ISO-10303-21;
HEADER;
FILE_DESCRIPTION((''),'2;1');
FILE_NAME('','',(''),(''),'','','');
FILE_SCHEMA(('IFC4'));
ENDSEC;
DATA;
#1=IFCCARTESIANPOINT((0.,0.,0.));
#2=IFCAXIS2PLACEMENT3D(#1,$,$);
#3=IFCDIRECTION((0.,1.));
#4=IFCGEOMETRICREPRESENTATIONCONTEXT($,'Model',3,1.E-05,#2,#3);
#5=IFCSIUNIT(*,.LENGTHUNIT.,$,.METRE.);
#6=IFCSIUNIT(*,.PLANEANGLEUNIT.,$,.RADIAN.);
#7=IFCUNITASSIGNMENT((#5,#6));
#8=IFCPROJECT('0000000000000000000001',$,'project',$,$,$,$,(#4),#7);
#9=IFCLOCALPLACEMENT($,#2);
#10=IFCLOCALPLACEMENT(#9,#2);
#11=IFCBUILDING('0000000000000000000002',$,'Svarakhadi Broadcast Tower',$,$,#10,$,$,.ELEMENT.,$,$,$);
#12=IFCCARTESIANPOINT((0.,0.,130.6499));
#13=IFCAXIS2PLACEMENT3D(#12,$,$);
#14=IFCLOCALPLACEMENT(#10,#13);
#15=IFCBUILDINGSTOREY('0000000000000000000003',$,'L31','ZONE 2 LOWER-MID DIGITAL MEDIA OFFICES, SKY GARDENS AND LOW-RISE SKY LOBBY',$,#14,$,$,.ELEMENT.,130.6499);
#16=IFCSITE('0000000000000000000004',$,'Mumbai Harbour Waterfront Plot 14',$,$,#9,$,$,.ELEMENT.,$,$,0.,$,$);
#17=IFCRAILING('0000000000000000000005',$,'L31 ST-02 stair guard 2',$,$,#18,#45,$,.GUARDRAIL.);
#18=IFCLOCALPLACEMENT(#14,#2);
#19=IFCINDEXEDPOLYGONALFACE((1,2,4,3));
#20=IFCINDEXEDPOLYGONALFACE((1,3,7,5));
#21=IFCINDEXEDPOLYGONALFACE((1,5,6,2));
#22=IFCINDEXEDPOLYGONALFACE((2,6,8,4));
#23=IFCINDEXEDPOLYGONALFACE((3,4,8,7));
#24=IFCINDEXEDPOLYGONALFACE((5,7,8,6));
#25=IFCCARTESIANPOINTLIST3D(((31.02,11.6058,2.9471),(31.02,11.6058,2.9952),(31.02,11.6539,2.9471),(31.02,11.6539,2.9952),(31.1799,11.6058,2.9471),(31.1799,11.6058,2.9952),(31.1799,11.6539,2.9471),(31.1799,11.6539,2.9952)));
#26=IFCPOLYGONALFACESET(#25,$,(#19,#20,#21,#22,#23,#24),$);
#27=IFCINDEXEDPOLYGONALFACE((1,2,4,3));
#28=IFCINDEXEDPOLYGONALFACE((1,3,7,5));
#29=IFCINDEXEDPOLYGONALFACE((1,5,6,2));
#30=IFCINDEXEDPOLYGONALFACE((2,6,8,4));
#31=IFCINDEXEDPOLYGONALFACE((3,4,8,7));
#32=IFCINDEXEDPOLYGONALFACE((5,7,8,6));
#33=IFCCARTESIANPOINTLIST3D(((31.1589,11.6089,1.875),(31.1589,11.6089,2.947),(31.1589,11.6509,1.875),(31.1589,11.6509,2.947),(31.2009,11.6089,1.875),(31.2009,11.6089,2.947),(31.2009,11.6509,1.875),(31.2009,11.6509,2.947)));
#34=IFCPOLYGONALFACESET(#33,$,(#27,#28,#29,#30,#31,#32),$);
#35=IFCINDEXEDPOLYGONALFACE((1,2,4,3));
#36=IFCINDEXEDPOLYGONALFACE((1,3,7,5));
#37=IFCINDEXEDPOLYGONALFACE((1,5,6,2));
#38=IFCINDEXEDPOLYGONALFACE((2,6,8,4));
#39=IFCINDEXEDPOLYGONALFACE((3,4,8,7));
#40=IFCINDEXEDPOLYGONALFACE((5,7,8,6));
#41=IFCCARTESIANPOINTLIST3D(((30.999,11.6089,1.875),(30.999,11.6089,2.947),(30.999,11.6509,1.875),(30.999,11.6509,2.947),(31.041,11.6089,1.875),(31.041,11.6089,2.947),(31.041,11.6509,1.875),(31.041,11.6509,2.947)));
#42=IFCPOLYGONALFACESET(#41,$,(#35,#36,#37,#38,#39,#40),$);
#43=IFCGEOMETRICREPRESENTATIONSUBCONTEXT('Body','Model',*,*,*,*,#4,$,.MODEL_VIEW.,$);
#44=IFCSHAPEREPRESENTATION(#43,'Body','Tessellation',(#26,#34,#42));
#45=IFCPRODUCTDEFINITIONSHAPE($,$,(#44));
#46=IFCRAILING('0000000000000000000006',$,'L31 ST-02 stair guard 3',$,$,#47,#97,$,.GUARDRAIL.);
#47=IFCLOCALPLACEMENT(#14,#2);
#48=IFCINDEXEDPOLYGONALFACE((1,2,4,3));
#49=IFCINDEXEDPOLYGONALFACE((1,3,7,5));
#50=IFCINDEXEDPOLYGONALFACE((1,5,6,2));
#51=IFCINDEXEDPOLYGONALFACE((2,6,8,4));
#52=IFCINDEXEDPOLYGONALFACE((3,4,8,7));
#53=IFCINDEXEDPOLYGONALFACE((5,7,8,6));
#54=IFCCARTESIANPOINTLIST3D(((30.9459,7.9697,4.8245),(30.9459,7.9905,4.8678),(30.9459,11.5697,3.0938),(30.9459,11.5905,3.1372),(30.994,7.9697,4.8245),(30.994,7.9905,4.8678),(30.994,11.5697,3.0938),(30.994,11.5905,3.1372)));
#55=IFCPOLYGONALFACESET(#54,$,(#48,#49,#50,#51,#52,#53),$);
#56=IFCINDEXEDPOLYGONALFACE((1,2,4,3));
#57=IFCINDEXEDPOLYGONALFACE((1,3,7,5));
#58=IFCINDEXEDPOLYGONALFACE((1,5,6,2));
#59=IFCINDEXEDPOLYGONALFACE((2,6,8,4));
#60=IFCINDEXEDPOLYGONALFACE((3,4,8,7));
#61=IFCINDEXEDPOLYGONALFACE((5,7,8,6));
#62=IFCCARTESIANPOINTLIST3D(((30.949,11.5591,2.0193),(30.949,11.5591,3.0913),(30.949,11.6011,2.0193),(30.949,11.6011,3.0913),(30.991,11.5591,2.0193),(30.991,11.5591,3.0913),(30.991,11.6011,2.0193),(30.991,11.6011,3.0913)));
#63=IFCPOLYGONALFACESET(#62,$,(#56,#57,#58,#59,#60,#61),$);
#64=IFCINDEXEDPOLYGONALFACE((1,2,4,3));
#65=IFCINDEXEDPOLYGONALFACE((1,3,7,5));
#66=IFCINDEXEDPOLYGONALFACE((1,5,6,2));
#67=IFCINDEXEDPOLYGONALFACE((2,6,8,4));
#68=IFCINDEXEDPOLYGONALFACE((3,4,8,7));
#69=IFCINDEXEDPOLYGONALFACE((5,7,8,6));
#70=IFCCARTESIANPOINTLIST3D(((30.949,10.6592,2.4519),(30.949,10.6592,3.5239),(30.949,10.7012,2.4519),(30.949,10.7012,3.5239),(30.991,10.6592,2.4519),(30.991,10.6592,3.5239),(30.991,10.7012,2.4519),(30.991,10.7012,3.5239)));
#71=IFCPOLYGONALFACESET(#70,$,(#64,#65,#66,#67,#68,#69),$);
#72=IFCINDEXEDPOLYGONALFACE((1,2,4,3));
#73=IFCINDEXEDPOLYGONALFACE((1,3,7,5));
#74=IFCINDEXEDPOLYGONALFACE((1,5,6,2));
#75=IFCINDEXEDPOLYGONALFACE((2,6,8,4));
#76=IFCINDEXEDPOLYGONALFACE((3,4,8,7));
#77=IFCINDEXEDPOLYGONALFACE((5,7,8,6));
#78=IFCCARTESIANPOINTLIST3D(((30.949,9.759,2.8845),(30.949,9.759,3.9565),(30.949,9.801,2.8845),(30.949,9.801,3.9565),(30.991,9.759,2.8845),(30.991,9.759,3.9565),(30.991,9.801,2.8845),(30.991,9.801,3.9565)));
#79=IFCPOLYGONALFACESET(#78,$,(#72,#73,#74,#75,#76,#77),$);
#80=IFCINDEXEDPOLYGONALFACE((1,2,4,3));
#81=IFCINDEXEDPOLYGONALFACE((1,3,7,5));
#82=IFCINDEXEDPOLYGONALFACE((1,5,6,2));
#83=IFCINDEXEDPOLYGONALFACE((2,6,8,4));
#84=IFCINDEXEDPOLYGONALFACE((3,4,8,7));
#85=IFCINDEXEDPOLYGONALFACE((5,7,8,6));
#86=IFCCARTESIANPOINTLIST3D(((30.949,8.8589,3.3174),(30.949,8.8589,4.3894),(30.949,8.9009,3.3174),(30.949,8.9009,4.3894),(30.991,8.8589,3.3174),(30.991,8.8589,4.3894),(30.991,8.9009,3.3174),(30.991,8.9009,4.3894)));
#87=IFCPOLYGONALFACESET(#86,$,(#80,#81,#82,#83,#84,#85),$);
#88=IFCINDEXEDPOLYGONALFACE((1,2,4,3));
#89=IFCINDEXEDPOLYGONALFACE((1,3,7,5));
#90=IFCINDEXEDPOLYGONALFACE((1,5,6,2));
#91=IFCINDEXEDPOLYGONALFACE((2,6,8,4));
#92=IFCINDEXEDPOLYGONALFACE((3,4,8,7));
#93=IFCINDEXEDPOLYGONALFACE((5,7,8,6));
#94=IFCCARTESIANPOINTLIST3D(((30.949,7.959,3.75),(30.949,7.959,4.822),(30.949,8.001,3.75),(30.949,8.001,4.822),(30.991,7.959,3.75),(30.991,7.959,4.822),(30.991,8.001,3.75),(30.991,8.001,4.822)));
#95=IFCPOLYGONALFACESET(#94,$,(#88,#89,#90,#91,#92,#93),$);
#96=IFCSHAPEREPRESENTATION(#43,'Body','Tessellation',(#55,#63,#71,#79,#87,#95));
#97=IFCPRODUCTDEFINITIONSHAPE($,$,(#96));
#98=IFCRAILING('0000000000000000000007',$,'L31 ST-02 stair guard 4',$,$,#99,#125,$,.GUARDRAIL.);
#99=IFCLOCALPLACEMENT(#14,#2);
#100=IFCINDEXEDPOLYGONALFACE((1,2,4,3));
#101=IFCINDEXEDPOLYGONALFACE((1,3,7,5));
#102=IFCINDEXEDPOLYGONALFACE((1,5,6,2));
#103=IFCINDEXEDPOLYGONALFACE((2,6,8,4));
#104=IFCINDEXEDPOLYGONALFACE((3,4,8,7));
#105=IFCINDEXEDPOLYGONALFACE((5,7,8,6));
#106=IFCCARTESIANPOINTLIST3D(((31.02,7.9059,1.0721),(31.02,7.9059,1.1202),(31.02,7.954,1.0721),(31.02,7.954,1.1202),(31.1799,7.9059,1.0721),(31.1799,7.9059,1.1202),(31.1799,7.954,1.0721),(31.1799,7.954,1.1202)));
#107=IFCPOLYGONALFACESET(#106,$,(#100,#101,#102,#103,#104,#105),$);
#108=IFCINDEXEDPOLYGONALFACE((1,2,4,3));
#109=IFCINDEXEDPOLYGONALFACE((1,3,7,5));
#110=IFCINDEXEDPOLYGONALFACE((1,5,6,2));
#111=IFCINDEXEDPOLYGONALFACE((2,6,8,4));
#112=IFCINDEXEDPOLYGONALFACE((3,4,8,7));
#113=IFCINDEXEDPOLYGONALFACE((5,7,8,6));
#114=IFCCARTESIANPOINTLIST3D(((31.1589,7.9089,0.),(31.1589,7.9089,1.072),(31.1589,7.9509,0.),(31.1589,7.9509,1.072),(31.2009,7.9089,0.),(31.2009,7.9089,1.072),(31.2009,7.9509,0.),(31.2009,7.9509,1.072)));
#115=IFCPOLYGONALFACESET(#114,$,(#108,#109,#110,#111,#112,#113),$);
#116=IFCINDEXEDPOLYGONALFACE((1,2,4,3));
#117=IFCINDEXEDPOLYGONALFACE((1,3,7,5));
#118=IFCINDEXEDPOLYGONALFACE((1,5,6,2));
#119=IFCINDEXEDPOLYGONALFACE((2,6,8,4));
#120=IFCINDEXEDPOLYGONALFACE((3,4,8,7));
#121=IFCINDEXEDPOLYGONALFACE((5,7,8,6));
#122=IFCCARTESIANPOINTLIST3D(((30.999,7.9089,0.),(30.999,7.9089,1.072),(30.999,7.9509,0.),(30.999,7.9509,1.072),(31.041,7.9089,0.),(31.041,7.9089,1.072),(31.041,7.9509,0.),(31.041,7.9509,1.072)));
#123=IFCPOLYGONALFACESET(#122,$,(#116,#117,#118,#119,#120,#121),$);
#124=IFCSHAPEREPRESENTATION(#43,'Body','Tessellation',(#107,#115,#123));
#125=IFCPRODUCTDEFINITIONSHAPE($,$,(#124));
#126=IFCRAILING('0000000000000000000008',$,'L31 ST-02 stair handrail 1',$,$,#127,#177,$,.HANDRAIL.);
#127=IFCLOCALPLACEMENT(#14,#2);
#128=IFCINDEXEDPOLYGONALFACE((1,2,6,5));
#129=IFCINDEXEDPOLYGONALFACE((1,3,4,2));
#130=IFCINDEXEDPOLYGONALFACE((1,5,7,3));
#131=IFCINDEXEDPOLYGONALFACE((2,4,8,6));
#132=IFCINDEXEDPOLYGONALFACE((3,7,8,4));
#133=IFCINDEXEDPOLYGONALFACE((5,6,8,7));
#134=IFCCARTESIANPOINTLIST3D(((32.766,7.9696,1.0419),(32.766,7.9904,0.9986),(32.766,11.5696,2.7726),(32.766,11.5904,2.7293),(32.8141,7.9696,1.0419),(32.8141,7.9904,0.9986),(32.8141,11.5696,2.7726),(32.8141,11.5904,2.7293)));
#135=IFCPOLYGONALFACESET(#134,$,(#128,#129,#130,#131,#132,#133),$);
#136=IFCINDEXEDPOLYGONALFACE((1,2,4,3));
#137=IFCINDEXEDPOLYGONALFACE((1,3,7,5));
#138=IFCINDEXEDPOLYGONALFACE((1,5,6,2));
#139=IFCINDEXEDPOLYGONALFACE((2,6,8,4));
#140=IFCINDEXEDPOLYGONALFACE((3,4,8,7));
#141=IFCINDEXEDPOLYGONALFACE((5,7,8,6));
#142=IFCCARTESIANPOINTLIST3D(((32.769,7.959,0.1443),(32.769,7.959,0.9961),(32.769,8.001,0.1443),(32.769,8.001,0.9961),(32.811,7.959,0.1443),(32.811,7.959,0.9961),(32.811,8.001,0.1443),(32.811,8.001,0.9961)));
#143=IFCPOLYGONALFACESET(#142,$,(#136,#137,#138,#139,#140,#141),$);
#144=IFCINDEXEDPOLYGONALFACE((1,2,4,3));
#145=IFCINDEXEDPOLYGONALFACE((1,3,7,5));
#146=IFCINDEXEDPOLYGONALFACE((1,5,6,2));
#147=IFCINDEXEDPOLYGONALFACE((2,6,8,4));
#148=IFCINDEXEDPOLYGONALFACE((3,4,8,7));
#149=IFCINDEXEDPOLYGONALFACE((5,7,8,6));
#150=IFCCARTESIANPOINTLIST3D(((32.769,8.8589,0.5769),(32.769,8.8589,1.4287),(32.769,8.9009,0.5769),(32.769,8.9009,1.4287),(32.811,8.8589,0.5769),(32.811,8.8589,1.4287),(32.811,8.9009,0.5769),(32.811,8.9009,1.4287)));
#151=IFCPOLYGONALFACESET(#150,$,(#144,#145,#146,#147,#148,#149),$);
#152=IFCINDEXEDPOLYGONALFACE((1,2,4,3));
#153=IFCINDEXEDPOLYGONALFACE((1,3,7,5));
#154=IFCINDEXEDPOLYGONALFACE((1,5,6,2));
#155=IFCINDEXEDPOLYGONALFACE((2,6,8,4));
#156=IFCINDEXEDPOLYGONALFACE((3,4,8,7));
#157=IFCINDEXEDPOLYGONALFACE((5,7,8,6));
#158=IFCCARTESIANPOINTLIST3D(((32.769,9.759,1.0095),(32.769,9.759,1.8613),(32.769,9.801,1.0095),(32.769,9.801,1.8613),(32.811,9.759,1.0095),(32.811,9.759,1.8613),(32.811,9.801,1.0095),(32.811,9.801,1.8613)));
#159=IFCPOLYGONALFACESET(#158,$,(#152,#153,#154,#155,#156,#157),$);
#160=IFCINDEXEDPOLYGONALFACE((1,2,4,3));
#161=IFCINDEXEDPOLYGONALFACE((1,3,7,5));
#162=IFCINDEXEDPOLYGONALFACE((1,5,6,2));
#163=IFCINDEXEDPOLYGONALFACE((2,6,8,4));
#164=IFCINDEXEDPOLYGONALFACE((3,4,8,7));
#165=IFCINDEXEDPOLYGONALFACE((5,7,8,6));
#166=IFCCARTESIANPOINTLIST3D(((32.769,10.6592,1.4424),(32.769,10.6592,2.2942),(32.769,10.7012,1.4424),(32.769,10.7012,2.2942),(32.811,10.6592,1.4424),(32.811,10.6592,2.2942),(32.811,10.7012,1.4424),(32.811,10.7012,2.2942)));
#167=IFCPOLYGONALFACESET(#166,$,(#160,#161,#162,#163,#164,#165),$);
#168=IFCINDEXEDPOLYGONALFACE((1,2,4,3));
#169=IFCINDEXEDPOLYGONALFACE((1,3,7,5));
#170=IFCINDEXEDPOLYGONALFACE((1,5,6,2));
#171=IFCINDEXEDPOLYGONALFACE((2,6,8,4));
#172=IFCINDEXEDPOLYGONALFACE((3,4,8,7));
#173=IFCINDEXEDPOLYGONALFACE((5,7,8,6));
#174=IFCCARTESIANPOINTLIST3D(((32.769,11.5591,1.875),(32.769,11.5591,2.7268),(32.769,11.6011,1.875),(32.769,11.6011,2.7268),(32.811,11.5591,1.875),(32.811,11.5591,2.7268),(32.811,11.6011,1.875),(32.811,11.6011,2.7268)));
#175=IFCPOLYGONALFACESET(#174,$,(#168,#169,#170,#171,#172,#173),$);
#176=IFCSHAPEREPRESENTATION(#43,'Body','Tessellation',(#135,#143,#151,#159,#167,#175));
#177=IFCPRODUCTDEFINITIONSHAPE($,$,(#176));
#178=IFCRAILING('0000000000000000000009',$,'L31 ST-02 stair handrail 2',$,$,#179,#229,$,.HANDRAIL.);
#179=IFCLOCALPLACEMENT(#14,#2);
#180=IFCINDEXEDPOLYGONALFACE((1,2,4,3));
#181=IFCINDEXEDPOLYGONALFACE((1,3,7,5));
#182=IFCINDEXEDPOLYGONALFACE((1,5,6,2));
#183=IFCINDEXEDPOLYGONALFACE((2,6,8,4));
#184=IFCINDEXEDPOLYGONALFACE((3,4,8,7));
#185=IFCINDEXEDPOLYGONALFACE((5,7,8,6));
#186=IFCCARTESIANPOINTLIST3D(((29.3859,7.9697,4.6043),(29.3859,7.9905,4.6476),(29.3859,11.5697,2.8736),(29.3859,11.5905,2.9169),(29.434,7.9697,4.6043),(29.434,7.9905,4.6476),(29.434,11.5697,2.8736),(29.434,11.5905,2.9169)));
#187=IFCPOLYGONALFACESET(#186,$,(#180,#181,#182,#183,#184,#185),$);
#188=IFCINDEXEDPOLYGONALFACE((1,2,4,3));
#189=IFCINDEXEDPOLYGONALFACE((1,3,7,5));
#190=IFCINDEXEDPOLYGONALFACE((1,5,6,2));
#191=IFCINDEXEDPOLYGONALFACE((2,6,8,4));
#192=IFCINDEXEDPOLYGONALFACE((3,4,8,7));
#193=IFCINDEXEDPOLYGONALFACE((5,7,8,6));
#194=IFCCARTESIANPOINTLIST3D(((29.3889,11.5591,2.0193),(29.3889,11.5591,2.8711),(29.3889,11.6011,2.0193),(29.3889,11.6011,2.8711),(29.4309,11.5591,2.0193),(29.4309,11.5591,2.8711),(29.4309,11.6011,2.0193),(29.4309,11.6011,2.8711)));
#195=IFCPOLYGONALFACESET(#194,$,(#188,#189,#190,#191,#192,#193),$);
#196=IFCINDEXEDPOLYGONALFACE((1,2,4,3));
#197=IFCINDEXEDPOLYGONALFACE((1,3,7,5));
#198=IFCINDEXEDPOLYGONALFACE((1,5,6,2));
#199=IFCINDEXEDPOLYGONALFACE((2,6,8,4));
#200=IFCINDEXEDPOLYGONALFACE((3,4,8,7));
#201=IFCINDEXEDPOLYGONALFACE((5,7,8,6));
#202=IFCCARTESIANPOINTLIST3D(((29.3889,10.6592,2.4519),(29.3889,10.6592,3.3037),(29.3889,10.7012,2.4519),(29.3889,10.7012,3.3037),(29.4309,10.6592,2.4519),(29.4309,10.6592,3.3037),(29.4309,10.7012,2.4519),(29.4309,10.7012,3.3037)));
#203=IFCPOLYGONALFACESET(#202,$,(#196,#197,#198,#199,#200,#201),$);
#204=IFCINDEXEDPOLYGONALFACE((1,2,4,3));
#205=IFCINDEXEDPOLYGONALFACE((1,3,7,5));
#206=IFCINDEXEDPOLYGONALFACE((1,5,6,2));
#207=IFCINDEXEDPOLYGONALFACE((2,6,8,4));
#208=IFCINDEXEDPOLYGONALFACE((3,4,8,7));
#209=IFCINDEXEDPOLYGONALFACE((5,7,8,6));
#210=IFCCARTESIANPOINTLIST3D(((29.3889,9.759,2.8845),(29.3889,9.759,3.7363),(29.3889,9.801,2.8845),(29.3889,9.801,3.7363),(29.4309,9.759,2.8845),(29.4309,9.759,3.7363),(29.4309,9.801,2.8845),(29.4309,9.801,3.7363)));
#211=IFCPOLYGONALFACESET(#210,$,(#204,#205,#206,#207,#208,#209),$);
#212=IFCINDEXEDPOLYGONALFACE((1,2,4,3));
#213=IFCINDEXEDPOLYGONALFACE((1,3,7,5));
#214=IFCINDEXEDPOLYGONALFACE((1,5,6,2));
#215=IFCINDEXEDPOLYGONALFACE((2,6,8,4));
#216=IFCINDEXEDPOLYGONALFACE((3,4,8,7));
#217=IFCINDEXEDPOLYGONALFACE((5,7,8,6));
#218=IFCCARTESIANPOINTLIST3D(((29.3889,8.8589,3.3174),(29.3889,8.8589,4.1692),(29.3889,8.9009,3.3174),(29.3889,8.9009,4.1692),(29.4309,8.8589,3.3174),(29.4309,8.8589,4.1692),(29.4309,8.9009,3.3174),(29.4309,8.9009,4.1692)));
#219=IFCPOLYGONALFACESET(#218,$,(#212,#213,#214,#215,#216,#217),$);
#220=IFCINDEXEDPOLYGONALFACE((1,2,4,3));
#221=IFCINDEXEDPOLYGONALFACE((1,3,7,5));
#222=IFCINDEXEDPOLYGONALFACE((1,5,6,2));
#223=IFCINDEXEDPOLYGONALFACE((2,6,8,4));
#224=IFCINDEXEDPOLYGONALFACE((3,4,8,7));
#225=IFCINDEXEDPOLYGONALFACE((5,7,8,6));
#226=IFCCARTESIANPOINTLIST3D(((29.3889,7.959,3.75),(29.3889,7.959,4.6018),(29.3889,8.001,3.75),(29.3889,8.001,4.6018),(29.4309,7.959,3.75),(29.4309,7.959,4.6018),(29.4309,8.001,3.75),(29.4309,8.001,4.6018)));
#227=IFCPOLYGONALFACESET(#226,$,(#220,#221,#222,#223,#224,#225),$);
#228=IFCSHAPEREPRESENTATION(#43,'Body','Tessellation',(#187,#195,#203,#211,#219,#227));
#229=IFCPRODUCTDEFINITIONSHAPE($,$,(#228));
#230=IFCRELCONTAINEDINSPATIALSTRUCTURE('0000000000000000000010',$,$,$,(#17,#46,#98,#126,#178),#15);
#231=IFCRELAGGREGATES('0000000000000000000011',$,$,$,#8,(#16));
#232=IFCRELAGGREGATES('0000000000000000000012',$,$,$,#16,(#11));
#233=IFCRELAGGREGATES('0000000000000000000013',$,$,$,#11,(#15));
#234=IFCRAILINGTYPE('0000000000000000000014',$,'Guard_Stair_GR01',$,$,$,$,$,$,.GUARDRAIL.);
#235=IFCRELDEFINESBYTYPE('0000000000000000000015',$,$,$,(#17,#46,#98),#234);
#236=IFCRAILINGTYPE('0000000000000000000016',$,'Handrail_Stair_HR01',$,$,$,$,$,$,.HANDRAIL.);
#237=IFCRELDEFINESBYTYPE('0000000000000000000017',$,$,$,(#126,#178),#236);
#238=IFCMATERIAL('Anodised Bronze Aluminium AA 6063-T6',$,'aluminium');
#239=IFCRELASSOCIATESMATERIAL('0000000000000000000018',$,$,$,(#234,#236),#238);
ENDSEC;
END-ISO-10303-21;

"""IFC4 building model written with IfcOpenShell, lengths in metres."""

from ifc_helpers import new_model, si_unit, direction, frame, origin, origin_2d, place, context, subcontext, project, spatial, rectangle, extrude, material, type_object, element, save


model = new_model("IFC4")

# Units and contexts
model_context = context("Model", 3, precision=1e-05, world=origin(), true_north=direction((0.0, 1.0)))
body_context = subcontext(model_context, "Body", "Model", "MODEL_VIEW")
ifc_project = project(units=[si_unit("LENGTHUNIT", "METRE"), si_unit("PLANEANGLEUNIT", "RADIAN")], contexts=[model_context])

# Site, building, storey
site_placement = place(None, origin())
site = spatial("IfcSite", under=ifc_project, at=site_placement, Name="Mumbai Harbour Waterfront Plot 14", CompositionType="ELEMENT", RefElevation=0.0)
building_placement = place(site_placement, origin())
building = spatial("IfcBuilding", under=site, at=building_placement, Name="Svarakhadi Broadcast Tower", CompositionType="ELEMENT")
storey_placement = place(building_placement, frame((0.0, 0.0, 130.6499)))
storey = spatial("IfcBuildingStorey", under=building, at=storey_placement, Name="L31", Description="ZONE 2 LOWER-MID DIGITAL MEDIA OFFICES, SKY GARDENS AND LOW-RISE SKY LOBBY", CompositionType="ELEMENT", Elevation=130.6499)

# Shared definitions
ifc_material_1 = material(Name="Anodised Bronze Aluminium AA 6063-T6", Category="aluminium")

# Railings
railing_type_1 = type_object("IfcRailingType", Name="Guard_Stair_GR01", PredefinedType="GUARDRAIL", material=ifc_material_1)
railing_1_placement = place(storey_placement, frame((31.1799, 11.6299, 1.875)))
element("IfcRailing", 1, at=railing_1_placement, inside=storey, type_object=railing_type_1, Name="L31 ST-02 stair guard 2", PredefinedType="GUARDRAIL", context=body_context, shape_type="SweptSolid", body=[
    extrude(rectangle(XDim=0.0481, YDim=0.0481, at=origin_2d()), frame((0.0, 0.0, 1.0962), z_axis=(-1.0, 0.0, 0.0), x_axis=(0.0, -1.0, 0.0)), (0.0, 0.0, 1.0), 0.1599),
    extrude(rectangle(XDim=0.042, YDim=0.042, at=origin_2d()), origin(), (0.0, 0.0, 1.0), 1.072),
    extrude(rectangle(XDim=0.042, YDim=0.042, at=origin_2d()), frame((-0.1599, 0.0, 0.0)), (0.0, 0.0, 1.0), 1.072),
])
railing_2_placement = place(storey_placement, frame((30.97, 11.5801, 2.0193)))
element("IfcRailing", 2, at=railing_2_placement, inside=storey, type_object=railing_type_1, Name="L31 ST-02 stair guard 3", PredefinedType="GUARDRAIL", context=body_context, shape_type="SweptSolid", body=[
    extrude(rectangle(XDim=0.0481, YDim=0.0481, at=origin_2d()), frame((0.0, 0.0, 1.0962), z_axis=(0.0, -0.901263, 0.433273), x_axis=(1.0, 0.0, 0.0)), (0.0, 0.0, 1.0), 3.9944),
    extrude(rectangle(XDim=0.042, YDim=0.042, at=origin_2d()), origin(), (0.0, 0.0, 1.0), 1.072),
    extrude(rectangle(XDim=0.042, YDim=0.042, at=origin_2d()), frame((0.0, -0.8999, 0.4326)), (0.0, 0.0, 1.0), 1.072),
    extrude(rectangle(XDim=0.042, YDim=0.042, at=origin_2d()), frame((0.0, -1.8, 0.8652)), (0.0, 0.0, 1.0), 1.072),
    extrude(rectangle(XDim=0.042, YDim=0.042, at=origin_2d()), frame((0.0, -2.7002, 1.2981)), (0.0, 0.0, 1.0), 1.072),
    extrude(rectangle(XDim=0.042, YDim=0.042, at=origin_2d()), frame((0.0, -3.6001, 1.7307)), (0.0, 0.0, 1.0), 1.072),
])
railing_3_placement = place(storey_placement, frame((31.1799, 7.9299, 0.0)))
element("IfcRailing", 3, at=railing_3_placement, inside=storey, type_object=railing_type_1, Name="L31 ST-02 stair guard 4", PredefinedType="GUARDRAIL", context=body_context, shape_type="SweptSolid", body=[
    extrude(rectangle(XDim=0.0481, YDim=0.0481, at=origin_2d()), frame((0.0, 0.0, 1.0962), z_axis=(-1.0, 0.0, 0.0), x_axis=(0.0, -1.0, 0.0)), (0.0, 0.0, 1.0), 0.1599),
    extrude(rectangle(XDim=0.042, YDim=0.042, at=origin_2d()), origin(), (0.0, 0.0, 1.0), 1.072),
    extrude(rectangle(XDim=0.042, YDim=0.042, at=origin_2d()), frame((-0.1599, 0.0, 0.0)), (0.0, 0.0, 1.0), 1.072),
])
railing_type_2 = type_object("IfcRailingType", Name="Handrail_Stair_HR01", PredefinedType="HANDRAIL", material=ifc_material_1)
railing_4_placement = place(storey_placement, frame((32.79, 7.98, 0.1443)))
element("IfcRailing", 4, at=railing_4_placement, inside=storey, type_object=railing_type_2, Name="L31 ST-02 stair handrail 1", PredefinedType="HANDRAIL", context=body_context, shape_type="SweptSolid", body=[
    extrude(rectangle(XDim=0.0481, YDim=0.0481, at=origin_2d()), frame((0.0, 0.0, 0.876), z_axis=(0.0, 0.901263, 0.433273), x_axis=(-1.0, 0.0, 0.0)), (0.0, 0.0, 1.0), 3.9944),
    extrude(rectangle(XDim=0.042, YDim=0.042, at=origin_2d()), origin(), (0.0, 0.0, 1.0), 0.8518),
    extrude(rectangle(XDim=0.042, YDim=0.042, at=origin_2d()), frame((0.0, 0.8999, 0.4326)), (0.0, 0.0, 1.0), 0.8518),
    extrude(rectangle(XDim=0.042, YDim=0.042, at=origin_2d()), frame((0.0, 1.8, 0.8652)), (0.0, 0.0, 1.0), 0.8518),
    extrude(rectangle(XDim=0.042, YDim=0.042, at=origin_2d()), frame((0.0, 2.7002, 1.2981)), (0.0, 0.0, 1.0), 0.8518),
    extrude(rectangle(XDim=0.042, YDim=0.042, at=origin_2d()), frame((0.0, 3.6001, 1.7307)), (0.0, 0.0, 1.0), 0.8518),
])
railing_5_placement = place(storey_placement, frame((29.4099, 11.5801, 2.0193)))
element("IfcRailing", 5, at=railing_5_placement, inside=storey, type_object=railing_type_2, Name="L31 ST-02 stair handrail 2", PredefinedType="HANDRAIL", context=body_context, shape_type="SweptSolid", body=[
    extrude(rectangle(XDim=0.0481, YDim=0.0481, at=origin_2d()), frame((0.0, 0.0, 0.876), z_axis=(0.0, -0.901263, 0.433273), x_axis=(1.0, 0.0, 0.0)), (0.0, 0.0, 1.0), 3.9944),
    extrude(rectangle(XDim=0.042, YDim=0.042, at=origin_2d()), origin(), (0.0, 0.0, 1.0), 0.8518),
    extrude(rectangle(XDim=0.042, YDim=0.042, at=origin_2d()), frame((0.0, -0.8999, 0.4326)), (0.0, 0.0, 1.0), 0.8518),
    extrude(rectangle(XDim=0.042, YDim=0.042, at=origin_2d()), frame((0.0, -1.8, 0.8652)), (0.0, 0.0, 1.0), 0.8518),
    extrude(rectangle(XDim=0.042, YDim=0.042, at=origin_2d()), frame((0.0, -2.7002, 1.2981)), (0.0, 0.0, 1.0), 0.8518),
    extrude(rectangle(XDim=0.042, YDim=0.042, at=origin_2d()), frame((0.0, -3.6001, 1.7307)), (0.0, 0.0, 1.0), 0.8518),
])

save(model, "model.ifc")
